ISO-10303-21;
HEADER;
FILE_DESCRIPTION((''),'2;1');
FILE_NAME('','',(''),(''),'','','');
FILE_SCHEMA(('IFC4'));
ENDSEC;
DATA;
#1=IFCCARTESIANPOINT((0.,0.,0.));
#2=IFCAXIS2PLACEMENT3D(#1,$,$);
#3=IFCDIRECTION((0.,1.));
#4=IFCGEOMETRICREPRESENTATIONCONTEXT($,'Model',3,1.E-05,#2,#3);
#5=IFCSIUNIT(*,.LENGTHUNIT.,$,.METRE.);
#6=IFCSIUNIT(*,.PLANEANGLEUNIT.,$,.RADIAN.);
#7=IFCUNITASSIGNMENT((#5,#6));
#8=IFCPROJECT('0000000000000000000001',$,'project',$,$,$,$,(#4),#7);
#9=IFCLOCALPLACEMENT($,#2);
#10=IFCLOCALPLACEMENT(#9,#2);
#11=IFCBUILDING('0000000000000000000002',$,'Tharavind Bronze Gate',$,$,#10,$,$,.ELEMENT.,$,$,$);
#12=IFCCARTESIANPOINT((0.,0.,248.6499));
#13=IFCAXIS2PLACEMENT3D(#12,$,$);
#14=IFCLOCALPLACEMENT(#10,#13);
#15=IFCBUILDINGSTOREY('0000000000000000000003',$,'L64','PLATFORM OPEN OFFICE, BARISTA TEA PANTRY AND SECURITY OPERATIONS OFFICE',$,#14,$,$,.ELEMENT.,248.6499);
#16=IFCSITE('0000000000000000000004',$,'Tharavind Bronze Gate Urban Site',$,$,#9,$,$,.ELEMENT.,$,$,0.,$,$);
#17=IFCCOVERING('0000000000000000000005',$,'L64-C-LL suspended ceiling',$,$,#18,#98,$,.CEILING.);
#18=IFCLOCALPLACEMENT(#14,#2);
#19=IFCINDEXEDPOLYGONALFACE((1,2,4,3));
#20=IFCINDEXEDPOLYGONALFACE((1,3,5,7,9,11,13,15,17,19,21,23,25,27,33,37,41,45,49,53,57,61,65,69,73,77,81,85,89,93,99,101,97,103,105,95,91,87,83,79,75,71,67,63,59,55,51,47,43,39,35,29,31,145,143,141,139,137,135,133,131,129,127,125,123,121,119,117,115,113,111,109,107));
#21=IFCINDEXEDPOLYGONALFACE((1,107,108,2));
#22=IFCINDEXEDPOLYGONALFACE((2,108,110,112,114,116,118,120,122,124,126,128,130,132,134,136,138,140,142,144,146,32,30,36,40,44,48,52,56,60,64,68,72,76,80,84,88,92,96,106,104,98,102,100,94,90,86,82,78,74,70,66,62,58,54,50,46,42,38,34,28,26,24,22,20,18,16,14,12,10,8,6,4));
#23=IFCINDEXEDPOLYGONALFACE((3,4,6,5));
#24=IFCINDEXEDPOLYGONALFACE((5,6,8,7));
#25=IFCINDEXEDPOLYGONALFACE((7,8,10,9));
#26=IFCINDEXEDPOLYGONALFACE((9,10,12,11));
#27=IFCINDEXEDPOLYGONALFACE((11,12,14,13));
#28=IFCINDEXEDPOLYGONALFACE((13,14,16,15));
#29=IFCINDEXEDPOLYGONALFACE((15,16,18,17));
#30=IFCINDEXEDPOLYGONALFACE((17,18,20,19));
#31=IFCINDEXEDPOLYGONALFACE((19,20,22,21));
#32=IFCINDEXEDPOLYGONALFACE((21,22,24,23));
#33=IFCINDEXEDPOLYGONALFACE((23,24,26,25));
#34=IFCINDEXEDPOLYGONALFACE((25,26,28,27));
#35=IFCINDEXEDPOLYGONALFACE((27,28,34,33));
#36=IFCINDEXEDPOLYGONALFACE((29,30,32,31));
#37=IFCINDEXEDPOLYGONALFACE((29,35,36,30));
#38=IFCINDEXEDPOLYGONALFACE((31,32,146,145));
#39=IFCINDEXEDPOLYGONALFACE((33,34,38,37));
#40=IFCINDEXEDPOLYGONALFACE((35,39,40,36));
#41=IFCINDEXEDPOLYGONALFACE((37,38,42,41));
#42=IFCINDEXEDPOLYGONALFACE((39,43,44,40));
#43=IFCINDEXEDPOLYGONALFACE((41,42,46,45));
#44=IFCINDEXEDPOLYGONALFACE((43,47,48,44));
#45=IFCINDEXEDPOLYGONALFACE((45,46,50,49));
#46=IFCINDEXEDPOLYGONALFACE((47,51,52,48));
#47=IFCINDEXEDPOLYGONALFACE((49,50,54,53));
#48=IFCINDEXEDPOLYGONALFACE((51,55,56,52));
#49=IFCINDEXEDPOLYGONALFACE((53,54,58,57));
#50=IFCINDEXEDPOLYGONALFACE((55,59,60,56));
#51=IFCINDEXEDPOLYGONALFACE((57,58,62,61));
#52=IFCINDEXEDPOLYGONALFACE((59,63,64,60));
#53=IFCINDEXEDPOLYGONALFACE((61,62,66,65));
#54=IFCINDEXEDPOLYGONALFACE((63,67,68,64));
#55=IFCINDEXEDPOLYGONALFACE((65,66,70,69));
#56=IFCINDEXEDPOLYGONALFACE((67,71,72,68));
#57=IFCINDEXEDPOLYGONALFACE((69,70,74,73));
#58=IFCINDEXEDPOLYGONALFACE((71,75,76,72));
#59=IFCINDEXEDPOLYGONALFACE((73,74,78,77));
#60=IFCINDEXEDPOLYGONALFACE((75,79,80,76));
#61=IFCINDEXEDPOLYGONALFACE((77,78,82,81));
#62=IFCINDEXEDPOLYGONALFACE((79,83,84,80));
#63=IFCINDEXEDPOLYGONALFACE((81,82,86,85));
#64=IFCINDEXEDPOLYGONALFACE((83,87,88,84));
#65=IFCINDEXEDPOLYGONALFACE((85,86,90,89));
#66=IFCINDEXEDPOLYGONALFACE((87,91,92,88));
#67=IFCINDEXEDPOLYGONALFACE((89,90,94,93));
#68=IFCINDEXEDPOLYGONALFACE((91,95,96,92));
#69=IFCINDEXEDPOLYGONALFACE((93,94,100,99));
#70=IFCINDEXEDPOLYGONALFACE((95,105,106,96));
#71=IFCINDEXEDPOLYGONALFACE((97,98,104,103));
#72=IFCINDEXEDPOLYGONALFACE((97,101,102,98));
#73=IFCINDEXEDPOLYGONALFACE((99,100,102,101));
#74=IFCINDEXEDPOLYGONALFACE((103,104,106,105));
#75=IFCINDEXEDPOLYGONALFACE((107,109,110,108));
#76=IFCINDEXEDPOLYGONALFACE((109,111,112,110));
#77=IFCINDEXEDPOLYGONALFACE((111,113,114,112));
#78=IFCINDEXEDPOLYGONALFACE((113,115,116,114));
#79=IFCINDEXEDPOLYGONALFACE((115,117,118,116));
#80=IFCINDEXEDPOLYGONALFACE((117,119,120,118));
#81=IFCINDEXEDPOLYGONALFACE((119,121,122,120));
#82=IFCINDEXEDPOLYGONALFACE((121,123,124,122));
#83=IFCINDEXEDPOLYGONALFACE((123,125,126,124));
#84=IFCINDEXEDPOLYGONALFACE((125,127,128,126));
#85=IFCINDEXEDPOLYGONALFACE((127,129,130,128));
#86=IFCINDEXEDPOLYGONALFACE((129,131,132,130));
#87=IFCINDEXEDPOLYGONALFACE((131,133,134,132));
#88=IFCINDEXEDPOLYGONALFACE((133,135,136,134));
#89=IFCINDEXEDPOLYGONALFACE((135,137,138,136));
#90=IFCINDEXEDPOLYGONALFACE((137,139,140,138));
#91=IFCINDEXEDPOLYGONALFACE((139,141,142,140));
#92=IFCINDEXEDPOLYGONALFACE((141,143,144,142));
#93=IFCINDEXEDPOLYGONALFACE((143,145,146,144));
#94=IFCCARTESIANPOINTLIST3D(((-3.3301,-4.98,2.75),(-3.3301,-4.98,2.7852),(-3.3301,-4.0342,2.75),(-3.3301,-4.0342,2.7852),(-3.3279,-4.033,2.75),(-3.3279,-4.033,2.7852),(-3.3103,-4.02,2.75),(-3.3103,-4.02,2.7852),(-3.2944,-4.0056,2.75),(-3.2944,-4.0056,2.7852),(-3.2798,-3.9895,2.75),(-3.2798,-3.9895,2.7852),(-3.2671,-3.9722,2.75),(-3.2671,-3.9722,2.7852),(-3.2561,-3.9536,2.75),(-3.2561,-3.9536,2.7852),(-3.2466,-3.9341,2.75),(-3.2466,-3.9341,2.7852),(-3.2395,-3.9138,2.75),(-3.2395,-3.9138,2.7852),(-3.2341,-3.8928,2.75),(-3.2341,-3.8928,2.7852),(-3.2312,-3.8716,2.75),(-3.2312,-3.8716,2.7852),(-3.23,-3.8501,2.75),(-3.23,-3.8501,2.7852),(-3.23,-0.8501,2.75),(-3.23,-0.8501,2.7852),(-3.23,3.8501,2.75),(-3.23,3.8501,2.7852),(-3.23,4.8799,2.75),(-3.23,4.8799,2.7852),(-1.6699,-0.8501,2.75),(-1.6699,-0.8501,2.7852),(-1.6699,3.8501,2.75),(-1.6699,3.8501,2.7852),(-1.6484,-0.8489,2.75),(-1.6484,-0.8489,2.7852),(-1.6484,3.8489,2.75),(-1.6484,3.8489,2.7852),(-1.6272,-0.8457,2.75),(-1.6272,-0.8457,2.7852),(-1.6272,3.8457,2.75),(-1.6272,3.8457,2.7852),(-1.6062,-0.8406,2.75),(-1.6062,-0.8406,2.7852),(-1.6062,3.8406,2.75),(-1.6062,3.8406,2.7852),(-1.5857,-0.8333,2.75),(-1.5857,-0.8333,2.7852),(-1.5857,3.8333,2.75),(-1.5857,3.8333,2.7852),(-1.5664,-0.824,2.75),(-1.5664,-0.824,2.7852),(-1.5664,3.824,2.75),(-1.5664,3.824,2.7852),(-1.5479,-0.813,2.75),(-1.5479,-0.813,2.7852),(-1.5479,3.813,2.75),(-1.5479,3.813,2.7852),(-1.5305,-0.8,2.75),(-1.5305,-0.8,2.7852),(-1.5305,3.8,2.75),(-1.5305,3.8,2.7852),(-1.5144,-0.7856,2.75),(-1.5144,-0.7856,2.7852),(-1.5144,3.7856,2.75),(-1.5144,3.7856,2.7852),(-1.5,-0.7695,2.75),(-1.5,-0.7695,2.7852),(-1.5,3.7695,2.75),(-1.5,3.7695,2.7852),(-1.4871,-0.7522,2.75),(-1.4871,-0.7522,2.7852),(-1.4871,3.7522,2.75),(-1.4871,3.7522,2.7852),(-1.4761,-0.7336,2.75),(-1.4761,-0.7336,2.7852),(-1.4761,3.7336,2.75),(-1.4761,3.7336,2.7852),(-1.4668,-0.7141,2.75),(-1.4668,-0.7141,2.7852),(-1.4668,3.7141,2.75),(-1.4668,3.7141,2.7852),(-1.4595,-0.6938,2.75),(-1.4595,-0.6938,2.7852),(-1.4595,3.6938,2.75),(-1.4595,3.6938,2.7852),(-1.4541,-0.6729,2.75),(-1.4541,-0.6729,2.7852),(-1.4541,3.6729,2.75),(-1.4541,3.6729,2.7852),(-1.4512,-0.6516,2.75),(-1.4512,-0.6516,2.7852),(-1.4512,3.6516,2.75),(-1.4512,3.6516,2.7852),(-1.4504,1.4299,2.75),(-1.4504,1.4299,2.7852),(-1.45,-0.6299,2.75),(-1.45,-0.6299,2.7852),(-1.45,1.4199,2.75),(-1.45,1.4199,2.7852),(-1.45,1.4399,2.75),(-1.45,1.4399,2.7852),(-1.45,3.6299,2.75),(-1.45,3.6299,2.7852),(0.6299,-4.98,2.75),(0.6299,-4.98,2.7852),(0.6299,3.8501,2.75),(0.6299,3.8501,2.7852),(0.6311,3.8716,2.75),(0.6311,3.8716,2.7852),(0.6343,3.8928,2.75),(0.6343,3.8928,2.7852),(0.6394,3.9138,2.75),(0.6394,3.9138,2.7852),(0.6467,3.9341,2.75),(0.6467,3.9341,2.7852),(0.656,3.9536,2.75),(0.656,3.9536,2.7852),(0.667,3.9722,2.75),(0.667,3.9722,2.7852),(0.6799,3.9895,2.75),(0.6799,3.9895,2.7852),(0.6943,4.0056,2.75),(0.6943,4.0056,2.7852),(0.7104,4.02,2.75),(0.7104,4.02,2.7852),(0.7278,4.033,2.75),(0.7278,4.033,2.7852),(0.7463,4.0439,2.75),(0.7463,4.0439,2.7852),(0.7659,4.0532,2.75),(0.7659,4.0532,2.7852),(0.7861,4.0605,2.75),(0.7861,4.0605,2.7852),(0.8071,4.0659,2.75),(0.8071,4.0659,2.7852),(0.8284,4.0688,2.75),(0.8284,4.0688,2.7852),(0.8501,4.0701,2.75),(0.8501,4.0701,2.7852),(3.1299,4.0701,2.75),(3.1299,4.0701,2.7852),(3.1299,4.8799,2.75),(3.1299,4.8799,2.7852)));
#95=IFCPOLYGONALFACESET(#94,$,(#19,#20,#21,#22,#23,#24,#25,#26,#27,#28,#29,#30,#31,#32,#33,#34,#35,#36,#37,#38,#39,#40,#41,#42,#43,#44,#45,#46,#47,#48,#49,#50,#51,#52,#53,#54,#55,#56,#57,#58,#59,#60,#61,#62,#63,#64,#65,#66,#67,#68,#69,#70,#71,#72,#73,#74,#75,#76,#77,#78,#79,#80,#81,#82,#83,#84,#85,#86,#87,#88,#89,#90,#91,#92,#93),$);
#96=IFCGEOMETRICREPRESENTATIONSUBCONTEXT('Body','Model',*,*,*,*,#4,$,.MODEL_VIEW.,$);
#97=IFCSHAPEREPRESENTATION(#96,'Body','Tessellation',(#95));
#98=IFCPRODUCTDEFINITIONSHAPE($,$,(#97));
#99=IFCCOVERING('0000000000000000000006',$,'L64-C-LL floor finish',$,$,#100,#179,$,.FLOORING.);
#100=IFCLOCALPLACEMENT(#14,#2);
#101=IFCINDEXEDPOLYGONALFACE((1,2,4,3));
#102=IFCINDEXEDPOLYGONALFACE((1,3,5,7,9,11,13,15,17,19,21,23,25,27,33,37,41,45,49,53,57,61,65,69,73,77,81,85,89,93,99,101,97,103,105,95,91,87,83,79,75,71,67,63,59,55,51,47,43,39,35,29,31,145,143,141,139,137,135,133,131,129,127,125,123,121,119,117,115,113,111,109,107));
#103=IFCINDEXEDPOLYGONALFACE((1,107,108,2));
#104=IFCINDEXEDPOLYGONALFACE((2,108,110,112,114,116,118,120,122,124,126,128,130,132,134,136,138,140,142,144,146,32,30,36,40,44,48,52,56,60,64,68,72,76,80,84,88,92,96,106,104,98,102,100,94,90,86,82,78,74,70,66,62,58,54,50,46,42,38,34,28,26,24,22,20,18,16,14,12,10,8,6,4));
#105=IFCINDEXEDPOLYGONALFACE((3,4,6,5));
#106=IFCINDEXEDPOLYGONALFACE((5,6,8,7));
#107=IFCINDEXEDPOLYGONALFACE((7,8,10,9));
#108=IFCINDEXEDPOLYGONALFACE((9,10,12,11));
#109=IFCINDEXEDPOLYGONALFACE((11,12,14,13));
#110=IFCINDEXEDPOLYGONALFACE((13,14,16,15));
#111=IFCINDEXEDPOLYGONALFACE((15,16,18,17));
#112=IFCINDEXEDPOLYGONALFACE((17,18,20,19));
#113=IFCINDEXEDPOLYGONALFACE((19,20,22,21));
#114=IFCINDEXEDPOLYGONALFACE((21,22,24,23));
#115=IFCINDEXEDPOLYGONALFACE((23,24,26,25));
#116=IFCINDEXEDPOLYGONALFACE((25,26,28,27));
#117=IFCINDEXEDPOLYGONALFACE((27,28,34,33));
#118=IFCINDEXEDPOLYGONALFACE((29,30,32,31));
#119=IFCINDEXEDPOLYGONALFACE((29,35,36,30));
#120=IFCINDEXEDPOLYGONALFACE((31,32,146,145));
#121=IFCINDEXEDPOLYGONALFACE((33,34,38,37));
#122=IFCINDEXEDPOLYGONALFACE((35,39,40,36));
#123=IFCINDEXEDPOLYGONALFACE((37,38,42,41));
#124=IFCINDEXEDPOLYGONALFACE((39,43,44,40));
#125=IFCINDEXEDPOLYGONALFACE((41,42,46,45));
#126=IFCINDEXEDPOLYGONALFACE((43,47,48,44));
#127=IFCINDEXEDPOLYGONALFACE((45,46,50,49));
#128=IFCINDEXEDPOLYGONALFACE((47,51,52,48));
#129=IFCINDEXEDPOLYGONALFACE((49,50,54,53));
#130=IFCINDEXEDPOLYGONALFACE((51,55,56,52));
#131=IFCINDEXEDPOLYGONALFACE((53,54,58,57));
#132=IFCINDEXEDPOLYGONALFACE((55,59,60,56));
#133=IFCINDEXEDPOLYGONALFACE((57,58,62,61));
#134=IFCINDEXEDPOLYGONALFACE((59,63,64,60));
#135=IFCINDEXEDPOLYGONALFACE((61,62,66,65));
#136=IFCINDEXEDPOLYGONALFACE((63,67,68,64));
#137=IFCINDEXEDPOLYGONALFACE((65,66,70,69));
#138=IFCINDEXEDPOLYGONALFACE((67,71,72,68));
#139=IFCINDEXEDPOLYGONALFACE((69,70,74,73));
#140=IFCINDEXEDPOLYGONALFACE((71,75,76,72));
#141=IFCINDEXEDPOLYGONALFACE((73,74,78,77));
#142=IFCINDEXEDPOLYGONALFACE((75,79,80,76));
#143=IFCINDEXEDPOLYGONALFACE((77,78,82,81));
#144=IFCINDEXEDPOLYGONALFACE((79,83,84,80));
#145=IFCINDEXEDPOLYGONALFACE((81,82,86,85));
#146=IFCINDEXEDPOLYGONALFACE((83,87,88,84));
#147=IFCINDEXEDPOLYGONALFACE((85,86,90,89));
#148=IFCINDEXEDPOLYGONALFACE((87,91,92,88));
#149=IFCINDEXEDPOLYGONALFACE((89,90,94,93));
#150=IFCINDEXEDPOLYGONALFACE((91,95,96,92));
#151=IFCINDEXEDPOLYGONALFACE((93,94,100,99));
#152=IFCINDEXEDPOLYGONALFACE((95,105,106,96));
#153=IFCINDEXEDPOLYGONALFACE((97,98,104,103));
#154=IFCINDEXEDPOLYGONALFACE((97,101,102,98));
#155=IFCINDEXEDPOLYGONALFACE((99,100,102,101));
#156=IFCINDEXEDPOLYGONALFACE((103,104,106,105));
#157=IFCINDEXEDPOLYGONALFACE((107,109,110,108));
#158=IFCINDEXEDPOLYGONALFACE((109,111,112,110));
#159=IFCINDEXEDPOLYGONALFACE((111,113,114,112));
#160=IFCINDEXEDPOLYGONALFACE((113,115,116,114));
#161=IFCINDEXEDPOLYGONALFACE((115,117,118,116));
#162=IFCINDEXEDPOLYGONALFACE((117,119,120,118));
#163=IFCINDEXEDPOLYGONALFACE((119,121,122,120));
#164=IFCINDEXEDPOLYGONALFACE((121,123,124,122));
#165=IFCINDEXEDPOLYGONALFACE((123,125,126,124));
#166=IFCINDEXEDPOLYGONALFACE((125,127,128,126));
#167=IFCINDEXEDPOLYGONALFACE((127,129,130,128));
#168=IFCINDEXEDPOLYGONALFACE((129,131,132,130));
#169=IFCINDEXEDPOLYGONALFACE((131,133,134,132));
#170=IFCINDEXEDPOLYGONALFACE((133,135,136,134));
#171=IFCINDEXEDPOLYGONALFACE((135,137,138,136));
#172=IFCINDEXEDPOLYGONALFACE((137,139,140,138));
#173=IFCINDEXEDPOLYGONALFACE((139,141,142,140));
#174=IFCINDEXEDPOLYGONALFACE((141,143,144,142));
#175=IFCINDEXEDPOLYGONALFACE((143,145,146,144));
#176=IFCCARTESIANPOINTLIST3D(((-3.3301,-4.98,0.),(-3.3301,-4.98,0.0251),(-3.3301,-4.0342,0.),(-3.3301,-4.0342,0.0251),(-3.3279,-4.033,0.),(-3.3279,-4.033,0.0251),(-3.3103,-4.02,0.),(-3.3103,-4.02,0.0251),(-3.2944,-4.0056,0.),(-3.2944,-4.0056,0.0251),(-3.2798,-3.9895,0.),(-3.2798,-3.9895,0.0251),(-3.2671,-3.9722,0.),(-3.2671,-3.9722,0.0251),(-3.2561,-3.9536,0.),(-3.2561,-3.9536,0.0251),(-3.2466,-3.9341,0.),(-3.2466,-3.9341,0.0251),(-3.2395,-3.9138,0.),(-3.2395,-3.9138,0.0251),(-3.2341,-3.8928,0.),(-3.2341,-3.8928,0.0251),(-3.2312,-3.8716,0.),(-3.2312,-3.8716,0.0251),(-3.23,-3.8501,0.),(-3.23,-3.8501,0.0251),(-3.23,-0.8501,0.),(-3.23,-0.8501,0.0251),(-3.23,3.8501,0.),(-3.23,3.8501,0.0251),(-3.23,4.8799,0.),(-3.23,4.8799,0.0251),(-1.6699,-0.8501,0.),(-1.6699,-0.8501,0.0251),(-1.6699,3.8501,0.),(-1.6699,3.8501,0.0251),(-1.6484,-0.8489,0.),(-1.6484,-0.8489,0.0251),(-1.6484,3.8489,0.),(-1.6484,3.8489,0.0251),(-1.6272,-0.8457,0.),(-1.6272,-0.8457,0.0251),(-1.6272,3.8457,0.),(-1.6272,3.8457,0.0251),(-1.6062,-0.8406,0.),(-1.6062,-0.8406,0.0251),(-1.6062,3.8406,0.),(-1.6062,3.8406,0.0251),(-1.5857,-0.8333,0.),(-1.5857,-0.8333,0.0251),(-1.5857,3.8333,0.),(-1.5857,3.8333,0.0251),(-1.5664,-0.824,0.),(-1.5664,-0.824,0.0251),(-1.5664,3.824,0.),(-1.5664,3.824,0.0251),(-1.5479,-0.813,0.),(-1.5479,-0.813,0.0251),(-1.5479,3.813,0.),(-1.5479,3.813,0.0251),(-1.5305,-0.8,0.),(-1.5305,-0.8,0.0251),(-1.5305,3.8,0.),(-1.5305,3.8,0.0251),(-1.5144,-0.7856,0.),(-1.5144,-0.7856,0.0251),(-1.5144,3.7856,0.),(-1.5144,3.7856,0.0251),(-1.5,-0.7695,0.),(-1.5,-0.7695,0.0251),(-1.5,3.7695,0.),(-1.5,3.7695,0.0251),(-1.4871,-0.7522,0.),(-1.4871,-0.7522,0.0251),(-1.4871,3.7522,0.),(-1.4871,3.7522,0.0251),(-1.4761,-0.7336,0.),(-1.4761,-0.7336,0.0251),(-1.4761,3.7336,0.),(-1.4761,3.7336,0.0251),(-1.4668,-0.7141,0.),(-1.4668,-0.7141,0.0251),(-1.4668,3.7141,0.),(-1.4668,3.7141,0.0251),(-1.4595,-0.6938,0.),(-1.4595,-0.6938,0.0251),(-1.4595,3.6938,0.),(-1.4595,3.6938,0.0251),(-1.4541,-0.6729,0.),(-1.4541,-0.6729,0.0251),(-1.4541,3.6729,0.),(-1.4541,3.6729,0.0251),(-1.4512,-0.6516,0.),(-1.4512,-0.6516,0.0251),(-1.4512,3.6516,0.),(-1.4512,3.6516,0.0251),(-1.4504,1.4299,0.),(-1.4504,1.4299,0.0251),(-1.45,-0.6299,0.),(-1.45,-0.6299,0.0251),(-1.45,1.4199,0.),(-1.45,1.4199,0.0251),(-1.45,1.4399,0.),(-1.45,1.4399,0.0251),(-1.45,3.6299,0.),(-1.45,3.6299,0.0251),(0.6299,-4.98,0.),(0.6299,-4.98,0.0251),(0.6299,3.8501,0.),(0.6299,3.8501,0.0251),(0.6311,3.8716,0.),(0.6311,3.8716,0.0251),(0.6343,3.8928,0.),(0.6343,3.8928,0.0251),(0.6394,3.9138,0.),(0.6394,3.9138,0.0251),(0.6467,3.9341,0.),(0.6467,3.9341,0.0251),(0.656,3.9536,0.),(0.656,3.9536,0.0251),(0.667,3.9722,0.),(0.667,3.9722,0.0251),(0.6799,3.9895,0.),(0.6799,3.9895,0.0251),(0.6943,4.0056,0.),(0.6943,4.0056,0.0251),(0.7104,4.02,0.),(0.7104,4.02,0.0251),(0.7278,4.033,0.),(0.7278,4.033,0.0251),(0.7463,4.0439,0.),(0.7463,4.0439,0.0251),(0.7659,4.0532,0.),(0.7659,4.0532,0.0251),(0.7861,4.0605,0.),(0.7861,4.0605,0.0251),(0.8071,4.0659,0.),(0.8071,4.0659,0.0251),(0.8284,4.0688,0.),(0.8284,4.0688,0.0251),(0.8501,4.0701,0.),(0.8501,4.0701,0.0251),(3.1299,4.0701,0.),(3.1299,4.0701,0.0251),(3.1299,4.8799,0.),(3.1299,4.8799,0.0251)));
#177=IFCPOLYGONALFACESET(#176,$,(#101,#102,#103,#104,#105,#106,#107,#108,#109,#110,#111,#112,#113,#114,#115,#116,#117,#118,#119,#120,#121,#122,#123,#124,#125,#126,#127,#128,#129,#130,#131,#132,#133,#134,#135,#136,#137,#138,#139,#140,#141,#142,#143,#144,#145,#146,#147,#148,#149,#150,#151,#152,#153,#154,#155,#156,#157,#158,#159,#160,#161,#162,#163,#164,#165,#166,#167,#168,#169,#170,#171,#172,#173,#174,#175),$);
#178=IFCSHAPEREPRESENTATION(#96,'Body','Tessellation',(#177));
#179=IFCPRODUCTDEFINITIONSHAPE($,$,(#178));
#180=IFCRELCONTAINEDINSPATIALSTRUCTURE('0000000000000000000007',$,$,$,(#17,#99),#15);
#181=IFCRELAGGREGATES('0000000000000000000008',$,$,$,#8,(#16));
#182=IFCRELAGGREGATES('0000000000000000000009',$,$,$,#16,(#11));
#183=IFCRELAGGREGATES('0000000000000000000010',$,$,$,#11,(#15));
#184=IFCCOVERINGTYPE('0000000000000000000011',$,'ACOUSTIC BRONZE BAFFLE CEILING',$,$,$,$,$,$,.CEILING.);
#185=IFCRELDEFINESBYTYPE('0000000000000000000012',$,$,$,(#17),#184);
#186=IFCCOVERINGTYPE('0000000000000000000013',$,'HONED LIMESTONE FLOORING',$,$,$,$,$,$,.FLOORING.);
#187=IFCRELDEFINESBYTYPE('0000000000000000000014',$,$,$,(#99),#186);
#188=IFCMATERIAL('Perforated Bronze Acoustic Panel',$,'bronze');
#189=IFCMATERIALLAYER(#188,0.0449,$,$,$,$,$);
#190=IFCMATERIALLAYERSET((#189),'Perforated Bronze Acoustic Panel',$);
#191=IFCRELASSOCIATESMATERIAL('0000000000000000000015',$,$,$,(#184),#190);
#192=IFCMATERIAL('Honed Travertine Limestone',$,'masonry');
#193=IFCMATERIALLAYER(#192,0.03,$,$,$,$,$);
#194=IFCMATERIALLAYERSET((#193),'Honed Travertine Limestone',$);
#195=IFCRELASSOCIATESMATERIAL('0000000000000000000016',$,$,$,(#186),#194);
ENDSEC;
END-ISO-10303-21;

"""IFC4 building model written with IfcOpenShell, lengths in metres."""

from ifc_helpers import new_model, si_unit, direction, frame, origin, place, context, subcontext, project, spatial, polyline, outline, extrude, material, layer, layer_set, type_object, element, save


model = new_model("IFC4")

# Units and contexts
model_context = context("Model", 3, precision=1e-05, world=origin(), true_north=direction((0.0, 1.0)))
body_context = subcontext(model_context, "Body", "Model", "MODEL_VIEW")
ifc_project = project(units=[si_unit("LENGTHUNIT", "METRE"), si_unit("PLANEANGLEUNIT", "RADIAN")], contexts=[model_context])

# Site, building, storey
site_placement = place(None, origin())
site = spatial("IfcSite", under=ifc_project, at=site_placement, Name="Tharavind Bronze Gate Urban Site", CompositionType="ELEMENT", RefElevation=0.0)
building_placement = place(site_placement, origin())
building = spatial("IfcBuilding", under=site, at=building_placement, Name="Tharavind Bronze Gate", CompositionType="ELEMENT")
storey_placement = place(building_placement, frame((0.0, 0.0, 248.6499)))
storey = spatial("IfcBuildingStorey", under=building, at=storey_placement, Name="L64", Description="PLATFORM OPEN OFFICE, BARISTA TEA PANTRY AND SECURITY OPERATIONS OFFICE", CompositionType="ELEMENT", Elevation=248.6499)

# Coverings
ifc_material_1 = material(Name="Perforated Bronze Acoustic Panel", Category="bronze")
ifc_layer_1 = layer(ifc_material_1, 0.0449)
ifc_layer_set_1 = layer_set([ifc_layer_1], Name="Perforated Bronze Acoustic Panel")
covering_type_1 = type_object("IfcCoveringType", Name="ACOUSTIC BRONZE BAFFLE CEILING", PredefinedType="CEILING", material=ifc_layer_set_1)
covering_1_placement = place(storey_placement, frame((0.0, 0.0, 2.75)))
element("IfcCovering", 1, at=covering_1_placement, inside=storey, type_object=covering_type_1, Name="L64-C-LL suspended ceiling", PredefinedType="CEILING", context=body_context, shape_type="SweptSolid", body=[
    extrude(outline(polyline([(-3.3301, -4.98), (0.6299, -4.98), (0.6299, 3.8501), (0.6311, 3.8716), (0.6343, 3.8928), (0.6394, 3.9138), (0.6467, 3.9341), (0.656, 3.9536), (0.667, 3.9722), (0.6799, 3.9895), (0.6943, 4.0056), (0.7104, 4.02), (0.7278, 4.033), (0.7463, 4.0439), (0.7659, 4.0532), (0.7861, 4.0605), (0.8071, 4.0659), (0.8284, 4.0688), (0.8501, 4.0701), (3.1299, 4.0701), (3.1299, 4.8799), (-3.23, 4.8799), (-3.23, 3.8501), (-1.6699, 3.8501), (-1.6484, 3.8489), (-1.6272, 3.8457), (-1.6062, 3.8406), (-1.5857, 3.8333), (-1.5664, 3.824), (-1.5479, 3.813), (-1.5305, 3.8), (-1.5144, 3.7856), (-1.5, 3.7695), (-1.4871, 3.7522), (-1.4761, 3.7336), (-1.4668, 3.7141), (-1.4595, 3.6938), (-1.4541, 3.6729), (-1.4512, 3.6516), (-1.45, 3.6299), (-1.45, 1.4399), (-1.4504, 1.4299), (-1.45, 1.4199), (-1.45, -0.6299), (-1.4512, -0.6516), (-1.4541, -0.6729), (-1.4595, -0.6938), (-1.4668, -0.7141), (-1.4761, -0.7336), (-1.4871, -0.7522), (-1.5, -0.7695), (-1.5144, -0.7856), (-1.5305, -0.8), (-1.5479, -0.813), (-1.5664, -0.824), (-1.5857, -0.8333), (-1.6062, -0.8406), (-1.6272, -0.8457), (-1.6484, -0.8489), (-1.6699, -0.8501), (-3.23, -0.8501), (-3.23, -3.8501), (-3.2312, -3.8716), (-3.2341, -3.8928), (-3.2395, -3.9138), (-3.2466, -3.9341), (-3.2561, -3.9536), (-3.2671, -3.9722), (-3.2798, -3.9895), (-3.2944, -4.0056), (-3.3103, -4.02), (-3.3279, -4.033), (-3.3301, -4.0342), (-3.3301, -4.98)])), origin(), (0.0, 0.0, 1.0), 0.0352),
])
ifc_material_2 = material(Name="Honed Travertine Limestone", Category="masonry")
ifc_layer_2 = layer(ifc_material_2, 0.03)
ifc_layer_set_2 = layer_set([ifc_layer_2], Name="Honed Travertine Limestone")
covering_type_2 = type_object("IfcCoveringType", Name="HONED LIMESTONE FLOORING", PredefinedType="FLOORING", material=ifc_layer_set_2)
covering_2_placement = place(storey_placement, origin())
element("IfcCovering", 2, at=covering_2_placement, inside=storey, type_object=covering_type_2, Name="L64-C-LL floor finish", PredefinedType="FLOORING", context=body_context, shape_type="SweptSolid", body=[
    extrude(outline(polyline([(-3.3301, -4.98), (0.6299, -4.98), (0.6299, 3.8501), (0.6311, 3.8716), (0.6343, 3.8928), (0.6394, 3.9138), (0.6467, 3.9341), (0.656, 3.9536), (0.667, 3.9722), (0.6799, 3.9895), (0.6943, 4.0056), (0.7104, 4.02), (0.7278, 4.033), (0.7463, 4.0439), (0.7659, 4.0532), (0.7861, 4.0605), (0.8071, 4.0659), (0.8284, 4.0688), (0.8501, 4.0701), (3.1299, 4.0701), (3.1299, 4.8799), (-3.23, 4.8799), (-3.23, 3.8501), (-1.6699, 3.8501), (-1.6484, 3.8489), (-1.6272, 3.8457), (-1.6062, 3.8406), (-1.5857, 3.8333), (-1.5664, 3.824), (-1.5479, 3.813), (-1.5305, 3.8), (-1.5144, 3.7856), (-1.5, 3.7695), (-1.4871, 3.7522), (-1.4761, 3.7336), (-1.4668, 3.7141), (-1.4595, 3.6938), (-1.4541, 3.6729), (-1.4512, 3.6516), (-1.45, 3.6299), (-1.45, 1.4399), (-1.4504, 1.4299), (-1.45, 1.4199), (-1.45, -0.6299), (-1.4512, -0.6516), (-1.4541, -0.6729), (-1.4595, -0.6938), (-1.4668, -0.7141), (-1.4761, -0.7336), (-1.4871, -0.7522), (-1.5, -0.7695), (-1.5144, -0.7856), (-1.5305, -0.8), (-1.5479, -0.813), (-1.5664, -0.824), (-1.5857, -0.8333), (-1.6062, -0.8406), (-1.6272, -0.8457), (-1.6484, -0.8489), (-1.6699, -0.8501), (-3.23, -0.8501), (-3.23, -3.8501), (-3.2312, -3.8716), (-3.2341, -3.8928), (-3.2395, -3.9138), (-3.2466, -3.9341), (-3.2561, -3.9536), (-3.2671, -3.9722), (-3.2798, -3.9895), (-3.2944, -4.0056), (-3.3103, -4.02), (-3.3279, -4.033), (-3.3301, -4.0342), (-3.3301, -4.98)])), origin(), (0.0, 0.0, 1.0), 0.0251),
])

save(model, "model.ifc")
